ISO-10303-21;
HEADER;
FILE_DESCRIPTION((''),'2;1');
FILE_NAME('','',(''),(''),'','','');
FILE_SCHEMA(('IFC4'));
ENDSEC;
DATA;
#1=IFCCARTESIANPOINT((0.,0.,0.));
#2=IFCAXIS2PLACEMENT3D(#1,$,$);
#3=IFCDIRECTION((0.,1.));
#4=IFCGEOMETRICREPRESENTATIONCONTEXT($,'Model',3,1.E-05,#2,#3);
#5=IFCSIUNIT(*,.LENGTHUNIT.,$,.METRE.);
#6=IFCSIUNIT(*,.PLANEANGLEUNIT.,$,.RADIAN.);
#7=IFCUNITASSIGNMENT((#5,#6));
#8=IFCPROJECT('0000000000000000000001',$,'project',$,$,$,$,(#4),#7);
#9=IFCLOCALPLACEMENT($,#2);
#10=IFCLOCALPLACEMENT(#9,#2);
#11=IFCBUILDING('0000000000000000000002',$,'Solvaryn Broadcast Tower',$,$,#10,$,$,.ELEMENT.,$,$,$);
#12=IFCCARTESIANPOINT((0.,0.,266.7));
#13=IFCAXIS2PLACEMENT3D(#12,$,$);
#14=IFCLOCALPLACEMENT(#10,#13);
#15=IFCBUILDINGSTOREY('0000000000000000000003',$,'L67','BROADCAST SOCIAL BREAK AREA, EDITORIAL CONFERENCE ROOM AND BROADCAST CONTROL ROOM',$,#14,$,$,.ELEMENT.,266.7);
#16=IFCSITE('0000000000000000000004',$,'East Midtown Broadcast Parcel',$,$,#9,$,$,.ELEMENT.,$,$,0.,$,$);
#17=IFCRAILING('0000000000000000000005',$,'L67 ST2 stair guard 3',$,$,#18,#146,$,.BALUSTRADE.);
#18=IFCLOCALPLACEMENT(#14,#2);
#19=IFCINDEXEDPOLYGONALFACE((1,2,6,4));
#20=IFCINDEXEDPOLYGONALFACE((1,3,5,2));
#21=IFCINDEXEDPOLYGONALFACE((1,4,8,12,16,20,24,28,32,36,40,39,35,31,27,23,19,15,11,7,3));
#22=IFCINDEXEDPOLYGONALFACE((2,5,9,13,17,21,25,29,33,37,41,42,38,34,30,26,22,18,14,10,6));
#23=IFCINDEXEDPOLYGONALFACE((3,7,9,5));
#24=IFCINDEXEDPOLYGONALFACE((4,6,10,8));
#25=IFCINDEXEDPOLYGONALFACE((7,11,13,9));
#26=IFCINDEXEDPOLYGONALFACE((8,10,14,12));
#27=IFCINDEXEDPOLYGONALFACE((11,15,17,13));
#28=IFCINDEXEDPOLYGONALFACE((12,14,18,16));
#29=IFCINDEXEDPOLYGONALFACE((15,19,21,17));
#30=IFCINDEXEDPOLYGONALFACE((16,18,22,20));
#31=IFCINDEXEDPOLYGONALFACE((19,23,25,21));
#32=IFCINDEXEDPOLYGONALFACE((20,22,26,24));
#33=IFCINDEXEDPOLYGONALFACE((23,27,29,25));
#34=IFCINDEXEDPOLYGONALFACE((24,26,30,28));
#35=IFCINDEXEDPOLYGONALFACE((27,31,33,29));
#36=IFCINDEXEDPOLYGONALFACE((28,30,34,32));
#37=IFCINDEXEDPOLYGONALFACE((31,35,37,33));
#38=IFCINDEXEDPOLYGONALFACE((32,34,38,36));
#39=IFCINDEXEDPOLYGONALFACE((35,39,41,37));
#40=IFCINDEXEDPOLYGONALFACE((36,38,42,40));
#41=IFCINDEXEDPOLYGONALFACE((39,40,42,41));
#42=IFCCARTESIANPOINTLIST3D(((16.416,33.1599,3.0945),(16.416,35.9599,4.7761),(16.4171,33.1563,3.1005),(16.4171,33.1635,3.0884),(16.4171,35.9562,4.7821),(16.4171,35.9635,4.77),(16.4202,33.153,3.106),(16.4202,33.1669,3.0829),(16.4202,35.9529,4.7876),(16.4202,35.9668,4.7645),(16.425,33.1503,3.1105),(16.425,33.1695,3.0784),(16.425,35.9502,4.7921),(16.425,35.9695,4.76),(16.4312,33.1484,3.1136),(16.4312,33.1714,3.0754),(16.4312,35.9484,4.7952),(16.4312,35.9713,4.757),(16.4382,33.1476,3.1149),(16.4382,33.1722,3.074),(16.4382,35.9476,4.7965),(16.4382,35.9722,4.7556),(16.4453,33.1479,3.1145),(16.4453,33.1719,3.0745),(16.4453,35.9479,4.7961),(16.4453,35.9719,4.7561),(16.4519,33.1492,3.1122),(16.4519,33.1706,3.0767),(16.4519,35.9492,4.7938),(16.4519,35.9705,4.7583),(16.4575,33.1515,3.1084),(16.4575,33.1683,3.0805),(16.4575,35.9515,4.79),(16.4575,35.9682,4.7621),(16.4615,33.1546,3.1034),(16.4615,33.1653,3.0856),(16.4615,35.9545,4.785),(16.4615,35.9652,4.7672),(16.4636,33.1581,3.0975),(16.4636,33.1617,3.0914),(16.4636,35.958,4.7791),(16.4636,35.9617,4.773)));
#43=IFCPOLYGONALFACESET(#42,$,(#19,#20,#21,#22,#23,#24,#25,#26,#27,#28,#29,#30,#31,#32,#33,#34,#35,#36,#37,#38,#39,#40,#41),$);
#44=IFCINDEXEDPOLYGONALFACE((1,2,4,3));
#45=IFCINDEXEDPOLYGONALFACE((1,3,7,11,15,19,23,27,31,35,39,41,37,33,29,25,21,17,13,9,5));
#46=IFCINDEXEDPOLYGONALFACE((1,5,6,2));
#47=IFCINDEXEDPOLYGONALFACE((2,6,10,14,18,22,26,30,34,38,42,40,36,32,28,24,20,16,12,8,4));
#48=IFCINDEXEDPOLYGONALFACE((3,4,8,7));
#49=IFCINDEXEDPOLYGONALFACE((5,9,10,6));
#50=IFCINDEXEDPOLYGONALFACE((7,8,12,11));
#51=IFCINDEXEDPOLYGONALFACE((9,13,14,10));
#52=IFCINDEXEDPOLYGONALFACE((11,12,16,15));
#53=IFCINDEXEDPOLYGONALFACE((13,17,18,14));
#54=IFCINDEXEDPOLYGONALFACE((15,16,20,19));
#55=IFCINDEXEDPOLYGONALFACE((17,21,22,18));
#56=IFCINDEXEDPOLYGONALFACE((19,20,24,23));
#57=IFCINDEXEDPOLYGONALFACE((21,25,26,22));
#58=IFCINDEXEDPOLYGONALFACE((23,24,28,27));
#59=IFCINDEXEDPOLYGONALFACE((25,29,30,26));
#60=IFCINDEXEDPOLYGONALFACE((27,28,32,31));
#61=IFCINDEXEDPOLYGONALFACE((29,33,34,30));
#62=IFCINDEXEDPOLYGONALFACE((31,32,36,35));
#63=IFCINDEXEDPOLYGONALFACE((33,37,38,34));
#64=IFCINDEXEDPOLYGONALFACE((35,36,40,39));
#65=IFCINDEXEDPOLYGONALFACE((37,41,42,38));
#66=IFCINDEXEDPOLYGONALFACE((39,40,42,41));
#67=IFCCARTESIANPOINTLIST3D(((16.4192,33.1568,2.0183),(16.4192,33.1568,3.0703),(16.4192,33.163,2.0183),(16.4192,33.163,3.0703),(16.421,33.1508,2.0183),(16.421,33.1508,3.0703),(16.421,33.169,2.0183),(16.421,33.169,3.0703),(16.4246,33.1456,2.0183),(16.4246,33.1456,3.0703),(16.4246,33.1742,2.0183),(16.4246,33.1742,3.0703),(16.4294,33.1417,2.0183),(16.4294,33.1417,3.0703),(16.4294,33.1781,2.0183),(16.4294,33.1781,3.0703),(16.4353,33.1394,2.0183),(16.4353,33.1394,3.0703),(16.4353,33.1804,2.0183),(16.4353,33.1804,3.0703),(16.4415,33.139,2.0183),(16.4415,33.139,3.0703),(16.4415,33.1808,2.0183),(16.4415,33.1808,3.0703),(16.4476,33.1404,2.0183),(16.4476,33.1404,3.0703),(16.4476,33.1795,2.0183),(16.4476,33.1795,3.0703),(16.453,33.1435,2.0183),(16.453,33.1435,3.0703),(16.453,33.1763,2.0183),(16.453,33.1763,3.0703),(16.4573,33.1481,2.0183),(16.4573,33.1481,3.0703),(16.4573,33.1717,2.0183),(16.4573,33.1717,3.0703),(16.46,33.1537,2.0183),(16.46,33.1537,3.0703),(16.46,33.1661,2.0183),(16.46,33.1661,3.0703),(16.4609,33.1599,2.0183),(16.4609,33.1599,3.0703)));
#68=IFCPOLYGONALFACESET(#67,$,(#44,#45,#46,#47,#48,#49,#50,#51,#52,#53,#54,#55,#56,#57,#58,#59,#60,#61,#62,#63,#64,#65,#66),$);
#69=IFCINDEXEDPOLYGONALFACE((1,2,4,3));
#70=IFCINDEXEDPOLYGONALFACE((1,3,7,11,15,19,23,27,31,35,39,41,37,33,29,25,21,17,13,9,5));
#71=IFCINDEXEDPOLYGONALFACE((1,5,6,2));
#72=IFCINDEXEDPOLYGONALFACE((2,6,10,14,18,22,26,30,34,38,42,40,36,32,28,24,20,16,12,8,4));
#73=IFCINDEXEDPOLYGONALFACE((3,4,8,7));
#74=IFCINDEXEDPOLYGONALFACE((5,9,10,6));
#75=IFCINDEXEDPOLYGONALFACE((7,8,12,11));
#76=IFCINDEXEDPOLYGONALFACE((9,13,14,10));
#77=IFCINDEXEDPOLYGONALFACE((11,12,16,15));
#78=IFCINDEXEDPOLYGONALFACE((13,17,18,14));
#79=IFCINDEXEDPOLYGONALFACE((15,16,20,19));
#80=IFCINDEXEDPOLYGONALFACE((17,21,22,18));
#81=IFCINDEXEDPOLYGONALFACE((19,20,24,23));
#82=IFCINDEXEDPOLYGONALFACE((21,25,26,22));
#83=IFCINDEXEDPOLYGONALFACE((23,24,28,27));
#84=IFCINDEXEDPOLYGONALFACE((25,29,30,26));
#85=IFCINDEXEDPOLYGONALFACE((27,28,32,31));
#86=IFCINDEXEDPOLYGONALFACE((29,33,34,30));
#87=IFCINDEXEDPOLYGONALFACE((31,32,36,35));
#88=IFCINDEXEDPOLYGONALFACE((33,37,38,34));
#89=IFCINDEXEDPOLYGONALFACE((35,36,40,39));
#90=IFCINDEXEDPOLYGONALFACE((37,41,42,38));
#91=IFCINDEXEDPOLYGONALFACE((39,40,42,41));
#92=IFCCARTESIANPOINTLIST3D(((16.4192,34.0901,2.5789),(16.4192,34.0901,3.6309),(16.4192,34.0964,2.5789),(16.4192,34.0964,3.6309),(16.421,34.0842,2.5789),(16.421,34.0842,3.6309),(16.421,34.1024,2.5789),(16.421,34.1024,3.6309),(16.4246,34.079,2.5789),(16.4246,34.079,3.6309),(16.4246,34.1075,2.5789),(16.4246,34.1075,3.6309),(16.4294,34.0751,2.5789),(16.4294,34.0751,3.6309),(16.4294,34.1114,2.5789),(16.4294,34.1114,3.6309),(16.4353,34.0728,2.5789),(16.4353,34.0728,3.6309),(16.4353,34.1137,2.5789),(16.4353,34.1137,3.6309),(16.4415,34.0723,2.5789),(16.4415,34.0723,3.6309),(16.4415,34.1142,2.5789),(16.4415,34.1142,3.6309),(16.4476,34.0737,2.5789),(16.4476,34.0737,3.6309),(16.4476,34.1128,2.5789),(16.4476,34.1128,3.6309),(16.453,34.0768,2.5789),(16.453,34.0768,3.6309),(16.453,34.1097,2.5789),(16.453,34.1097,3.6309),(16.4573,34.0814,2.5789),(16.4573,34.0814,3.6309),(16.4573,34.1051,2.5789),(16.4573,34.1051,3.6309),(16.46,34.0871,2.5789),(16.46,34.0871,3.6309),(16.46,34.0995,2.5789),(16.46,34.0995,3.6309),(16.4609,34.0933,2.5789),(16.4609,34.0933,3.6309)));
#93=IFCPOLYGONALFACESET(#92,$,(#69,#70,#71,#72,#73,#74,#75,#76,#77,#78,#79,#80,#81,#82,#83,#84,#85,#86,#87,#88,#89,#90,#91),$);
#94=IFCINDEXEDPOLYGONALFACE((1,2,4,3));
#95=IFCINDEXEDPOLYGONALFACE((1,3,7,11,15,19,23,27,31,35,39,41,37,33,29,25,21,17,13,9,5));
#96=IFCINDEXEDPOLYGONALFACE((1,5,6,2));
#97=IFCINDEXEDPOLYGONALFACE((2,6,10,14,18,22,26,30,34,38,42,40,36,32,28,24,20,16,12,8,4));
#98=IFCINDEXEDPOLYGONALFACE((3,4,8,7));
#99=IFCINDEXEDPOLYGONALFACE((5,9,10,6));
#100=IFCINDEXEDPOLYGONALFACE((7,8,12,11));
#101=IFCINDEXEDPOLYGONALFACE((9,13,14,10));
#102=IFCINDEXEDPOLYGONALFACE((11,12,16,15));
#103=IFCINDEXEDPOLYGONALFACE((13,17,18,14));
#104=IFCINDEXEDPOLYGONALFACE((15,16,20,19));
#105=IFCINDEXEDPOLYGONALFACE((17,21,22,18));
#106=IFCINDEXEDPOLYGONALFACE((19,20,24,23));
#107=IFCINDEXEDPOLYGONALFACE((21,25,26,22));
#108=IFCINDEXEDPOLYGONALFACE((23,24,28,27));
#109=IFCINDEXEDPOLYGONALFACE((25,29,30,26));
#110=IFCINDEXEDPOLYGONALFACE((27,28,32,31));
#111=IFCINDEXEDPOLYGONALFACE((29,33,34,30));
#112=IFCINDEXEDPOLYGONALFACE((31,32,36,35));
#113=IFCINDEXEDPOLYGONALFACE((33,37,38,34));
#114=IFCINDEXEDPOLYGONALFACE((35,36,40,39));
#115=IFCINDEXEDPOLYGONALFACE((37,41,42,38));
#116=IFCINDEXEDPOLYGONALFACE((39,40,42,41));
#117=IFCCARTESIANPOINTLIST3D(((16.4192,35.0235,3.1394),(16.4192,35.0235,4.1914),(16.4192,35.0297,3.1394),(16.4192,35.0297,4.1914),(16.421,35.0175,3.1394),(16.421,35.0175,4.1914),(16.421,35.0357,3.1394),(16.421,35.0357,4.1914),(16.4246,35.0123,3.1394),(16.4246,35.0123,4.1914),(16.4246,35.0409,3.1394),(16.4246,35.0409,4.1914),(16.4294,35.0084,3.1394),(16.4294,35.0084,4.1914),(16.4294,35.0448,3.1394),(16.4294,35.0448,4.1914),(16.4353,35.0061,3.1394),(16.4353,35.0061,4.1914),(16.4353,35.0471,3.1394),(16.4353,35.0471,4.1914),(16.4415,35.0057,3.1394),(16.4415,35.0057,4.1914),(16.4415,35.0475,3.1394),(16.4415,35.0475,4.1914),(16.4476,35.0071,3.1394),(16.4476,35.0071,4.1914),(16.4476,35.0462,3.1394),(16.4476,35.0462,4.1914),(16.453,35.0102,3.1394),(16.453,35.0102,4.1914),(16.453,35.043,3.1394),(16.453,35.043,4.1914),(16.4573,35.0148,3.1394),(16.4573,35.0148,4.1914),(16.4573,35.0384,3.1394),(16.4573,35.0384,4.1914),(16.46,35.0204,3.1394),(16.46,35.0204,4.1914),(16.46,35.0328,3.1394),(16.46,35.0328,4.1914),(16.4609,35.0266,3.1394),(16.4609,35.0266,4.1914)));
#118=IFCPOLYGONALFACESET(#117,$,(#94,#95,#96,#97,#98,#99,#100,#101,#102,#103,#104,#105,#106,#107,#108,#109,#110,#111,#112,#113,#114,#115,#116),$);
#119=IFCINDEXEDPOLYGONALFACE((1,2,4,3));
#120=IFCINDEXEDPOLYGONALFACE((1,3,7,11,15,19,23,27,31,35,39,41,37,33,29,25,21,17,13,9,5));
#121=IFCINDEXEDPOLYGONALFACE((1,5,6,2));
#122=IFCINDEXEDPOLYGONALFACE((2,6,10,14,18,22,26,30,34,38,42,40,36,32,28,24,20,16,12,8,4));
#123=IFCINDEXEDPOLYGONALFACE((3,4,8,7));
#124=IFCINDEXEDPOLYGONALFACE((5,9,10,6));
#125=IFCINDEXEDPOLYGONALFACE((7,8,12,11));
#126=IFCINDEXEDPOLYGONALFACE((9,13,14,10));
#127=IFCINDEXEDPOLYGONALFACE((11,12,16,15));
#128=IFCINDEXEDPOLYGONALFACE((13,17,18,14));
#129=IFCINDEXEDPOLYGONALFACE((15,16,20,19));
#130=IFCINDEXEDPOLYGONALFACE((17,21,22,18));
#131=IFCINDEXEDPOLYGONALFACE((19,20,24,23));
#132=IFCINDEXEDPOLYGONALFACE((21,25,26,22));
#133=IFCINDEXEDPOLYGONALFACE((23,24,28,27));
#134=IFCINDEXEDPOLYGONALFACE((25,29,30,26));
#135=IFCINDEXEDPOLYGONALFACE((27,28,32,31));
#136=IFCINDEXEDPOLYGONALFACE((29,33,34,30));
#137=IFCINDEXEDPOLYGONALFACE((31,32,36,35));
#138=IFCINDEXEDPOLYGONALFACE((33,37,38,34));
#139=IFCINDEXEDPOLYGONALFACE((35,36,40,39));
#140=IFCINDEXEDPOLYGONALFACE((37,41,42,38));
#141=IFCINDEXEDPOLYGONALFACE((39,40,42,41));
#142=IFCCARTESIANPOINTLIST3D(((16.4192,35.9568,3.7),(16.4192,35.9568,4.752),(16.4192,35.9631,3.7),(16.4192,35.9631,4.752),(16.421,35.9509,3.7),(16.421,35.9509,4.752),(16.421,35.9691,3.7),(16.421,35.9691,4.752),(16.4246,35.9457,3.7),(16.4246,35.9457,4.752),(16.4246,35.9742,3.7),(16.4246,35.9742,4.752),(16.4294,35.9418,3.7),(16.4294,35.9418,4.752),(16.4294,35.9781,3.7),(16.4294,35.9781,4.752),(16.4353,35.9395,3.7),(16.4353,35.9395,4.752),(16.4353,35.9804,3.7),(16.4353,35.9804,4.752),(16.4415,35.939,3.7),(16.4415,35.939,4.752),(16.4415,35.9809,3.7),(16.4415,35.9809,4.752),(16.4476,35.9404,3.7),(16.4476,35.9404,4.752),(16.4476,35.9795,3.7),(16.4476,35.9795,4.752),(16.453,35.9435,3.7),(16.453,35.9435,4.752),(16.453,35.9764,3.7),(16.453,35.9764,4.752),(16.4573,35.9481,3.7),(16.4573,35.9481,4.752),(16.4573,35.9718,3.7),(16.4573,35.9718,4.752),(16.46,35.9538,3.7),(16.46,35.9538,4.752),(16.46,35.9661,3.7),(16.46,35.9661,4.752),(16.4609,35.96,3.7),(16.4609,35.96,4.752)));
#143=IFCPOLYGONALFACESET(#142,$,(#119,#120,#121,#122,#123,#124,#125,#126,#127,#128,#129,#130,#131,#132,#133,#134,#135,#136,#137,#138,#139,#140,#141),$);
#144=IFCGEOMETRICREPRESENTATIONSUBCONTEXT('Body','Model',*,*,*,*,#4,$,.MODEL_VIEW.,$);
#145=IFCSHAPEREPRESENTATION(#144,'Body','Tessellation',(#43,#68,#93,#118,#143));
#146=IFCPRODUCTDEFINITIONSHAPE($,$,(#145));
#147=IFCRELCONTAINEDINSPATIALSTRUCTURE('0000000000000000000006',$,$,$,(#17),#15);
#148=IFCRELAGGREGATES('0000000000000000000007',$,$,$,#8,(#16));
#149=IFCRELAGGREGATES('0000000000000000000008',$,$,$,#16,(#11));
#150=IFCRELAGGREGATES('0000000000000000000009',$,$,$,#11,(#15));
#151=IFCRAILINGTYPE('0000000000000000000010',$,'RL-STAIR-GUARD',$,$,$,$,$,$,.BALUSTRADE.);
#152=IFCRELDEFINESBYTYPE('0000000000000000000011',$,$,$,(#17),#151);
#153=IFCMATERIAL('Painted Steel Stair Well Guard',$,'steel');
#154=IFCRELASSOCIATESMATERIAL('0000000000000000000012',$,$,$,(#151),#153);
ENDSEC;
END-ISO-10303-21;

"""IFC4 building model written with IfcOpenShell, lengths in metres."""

from ifc_helpers import new_model, si_unit, direction, frame, origin, origin_2d, place, context, subcontext, project, spatial, circle, extrude, material, type_object, element, save


model = new_model("IFC4")

# Units and contexts
model_context = context("Model", 3, precision=1e-05, world=origin(), true_north=direction((0.0, 1.0)))
body_context = subcontext(model_context, "Body", "Model", "MODEL_VIEW")
ifc_project = project(units=[si_unit("LENGTHUNIT", "METRE"), si_unit("PLANEANGLEUNIT", "RADIAN")], contexts=[model_context])

# Site, building, storey
site_placement = place(None, origin())
site = spatial("IfcSite", under=ifc_project, at=site_placement, Name="East Midtown Broadcast Parcel", CompositionType="ELEMENT", RefElevation=0.0)
building_placement = place(site_placement, origin())
building = spatial("IfcBuilding", under=site, at=building_placement, Name="Solvaryn Broadcast Tower", CompositionType="ELEMENT")
storey_placement = place(building_placement, frame((0.0, 0.0, 266.7)))
storey = spatial("IfcBuildingStorey", under=building, at=storey_placement, Name="L67", Description="BROADCAST SOCIAL BREAK AREA, EDITORIAL CONFERENCE ROOM AND BROADCAST CONTROL ROOM", CompositionType="ELEMENT", Elevation=266.7)

# Railing
ifc_material_1 = material(Name="Painted Steel Stair Well Guard", Category="steel")
railing_type_1 = type_object("IfcRailingType", Name="RL-STAIR-GUARD", PredefinedType="BALUSTRADE", material=ifc_material_1)
railing_1_placement = place(storey_placement, frame((16.4399, 33.1599, 2.0183)))
element("IfcRailing", 1, at=railing_1_placement, inside=storey, type_object=railing_type_1, Name="L67 ST2 stair guard 3", PredefinedType="BALUSTRADE", context=body_context, shape_type="SweptSolid", body=[
    extrude(circle(Radius=0.0239, at=origin_2d()), frame((0.0, 0.0, 1.0762), z_axis=(0.0, 0.857275, 0.514858), x_axis=(-1.0, 0.0, 0.0)), (0.0, 0.0, 1.0), 3.2661),
    extrude(circle(Radius=0.021, at=origin_2d()), origin(), (0.0, 0.0, 1.0), 1.052),
    extrude(circle(Radius=0.021, at=origin_2d()), frame((0.0, 0.9333, 0.5605)), (0.0, 0.0, 1.0), 1.052),
    extrude(circle(Radius=0.021, at=origin_2d()), frame((0.0, 1.8667, 1.1211)), (0.0, 0.0, 1.0), 1.052),
    extrude(circle(Radius=0.021, at=origin_2d()), frame((0.0, 2.8, 1.6816)), (0.0, 0.0, 1.0), 1.052),
])

save(model, "model.ifc")
